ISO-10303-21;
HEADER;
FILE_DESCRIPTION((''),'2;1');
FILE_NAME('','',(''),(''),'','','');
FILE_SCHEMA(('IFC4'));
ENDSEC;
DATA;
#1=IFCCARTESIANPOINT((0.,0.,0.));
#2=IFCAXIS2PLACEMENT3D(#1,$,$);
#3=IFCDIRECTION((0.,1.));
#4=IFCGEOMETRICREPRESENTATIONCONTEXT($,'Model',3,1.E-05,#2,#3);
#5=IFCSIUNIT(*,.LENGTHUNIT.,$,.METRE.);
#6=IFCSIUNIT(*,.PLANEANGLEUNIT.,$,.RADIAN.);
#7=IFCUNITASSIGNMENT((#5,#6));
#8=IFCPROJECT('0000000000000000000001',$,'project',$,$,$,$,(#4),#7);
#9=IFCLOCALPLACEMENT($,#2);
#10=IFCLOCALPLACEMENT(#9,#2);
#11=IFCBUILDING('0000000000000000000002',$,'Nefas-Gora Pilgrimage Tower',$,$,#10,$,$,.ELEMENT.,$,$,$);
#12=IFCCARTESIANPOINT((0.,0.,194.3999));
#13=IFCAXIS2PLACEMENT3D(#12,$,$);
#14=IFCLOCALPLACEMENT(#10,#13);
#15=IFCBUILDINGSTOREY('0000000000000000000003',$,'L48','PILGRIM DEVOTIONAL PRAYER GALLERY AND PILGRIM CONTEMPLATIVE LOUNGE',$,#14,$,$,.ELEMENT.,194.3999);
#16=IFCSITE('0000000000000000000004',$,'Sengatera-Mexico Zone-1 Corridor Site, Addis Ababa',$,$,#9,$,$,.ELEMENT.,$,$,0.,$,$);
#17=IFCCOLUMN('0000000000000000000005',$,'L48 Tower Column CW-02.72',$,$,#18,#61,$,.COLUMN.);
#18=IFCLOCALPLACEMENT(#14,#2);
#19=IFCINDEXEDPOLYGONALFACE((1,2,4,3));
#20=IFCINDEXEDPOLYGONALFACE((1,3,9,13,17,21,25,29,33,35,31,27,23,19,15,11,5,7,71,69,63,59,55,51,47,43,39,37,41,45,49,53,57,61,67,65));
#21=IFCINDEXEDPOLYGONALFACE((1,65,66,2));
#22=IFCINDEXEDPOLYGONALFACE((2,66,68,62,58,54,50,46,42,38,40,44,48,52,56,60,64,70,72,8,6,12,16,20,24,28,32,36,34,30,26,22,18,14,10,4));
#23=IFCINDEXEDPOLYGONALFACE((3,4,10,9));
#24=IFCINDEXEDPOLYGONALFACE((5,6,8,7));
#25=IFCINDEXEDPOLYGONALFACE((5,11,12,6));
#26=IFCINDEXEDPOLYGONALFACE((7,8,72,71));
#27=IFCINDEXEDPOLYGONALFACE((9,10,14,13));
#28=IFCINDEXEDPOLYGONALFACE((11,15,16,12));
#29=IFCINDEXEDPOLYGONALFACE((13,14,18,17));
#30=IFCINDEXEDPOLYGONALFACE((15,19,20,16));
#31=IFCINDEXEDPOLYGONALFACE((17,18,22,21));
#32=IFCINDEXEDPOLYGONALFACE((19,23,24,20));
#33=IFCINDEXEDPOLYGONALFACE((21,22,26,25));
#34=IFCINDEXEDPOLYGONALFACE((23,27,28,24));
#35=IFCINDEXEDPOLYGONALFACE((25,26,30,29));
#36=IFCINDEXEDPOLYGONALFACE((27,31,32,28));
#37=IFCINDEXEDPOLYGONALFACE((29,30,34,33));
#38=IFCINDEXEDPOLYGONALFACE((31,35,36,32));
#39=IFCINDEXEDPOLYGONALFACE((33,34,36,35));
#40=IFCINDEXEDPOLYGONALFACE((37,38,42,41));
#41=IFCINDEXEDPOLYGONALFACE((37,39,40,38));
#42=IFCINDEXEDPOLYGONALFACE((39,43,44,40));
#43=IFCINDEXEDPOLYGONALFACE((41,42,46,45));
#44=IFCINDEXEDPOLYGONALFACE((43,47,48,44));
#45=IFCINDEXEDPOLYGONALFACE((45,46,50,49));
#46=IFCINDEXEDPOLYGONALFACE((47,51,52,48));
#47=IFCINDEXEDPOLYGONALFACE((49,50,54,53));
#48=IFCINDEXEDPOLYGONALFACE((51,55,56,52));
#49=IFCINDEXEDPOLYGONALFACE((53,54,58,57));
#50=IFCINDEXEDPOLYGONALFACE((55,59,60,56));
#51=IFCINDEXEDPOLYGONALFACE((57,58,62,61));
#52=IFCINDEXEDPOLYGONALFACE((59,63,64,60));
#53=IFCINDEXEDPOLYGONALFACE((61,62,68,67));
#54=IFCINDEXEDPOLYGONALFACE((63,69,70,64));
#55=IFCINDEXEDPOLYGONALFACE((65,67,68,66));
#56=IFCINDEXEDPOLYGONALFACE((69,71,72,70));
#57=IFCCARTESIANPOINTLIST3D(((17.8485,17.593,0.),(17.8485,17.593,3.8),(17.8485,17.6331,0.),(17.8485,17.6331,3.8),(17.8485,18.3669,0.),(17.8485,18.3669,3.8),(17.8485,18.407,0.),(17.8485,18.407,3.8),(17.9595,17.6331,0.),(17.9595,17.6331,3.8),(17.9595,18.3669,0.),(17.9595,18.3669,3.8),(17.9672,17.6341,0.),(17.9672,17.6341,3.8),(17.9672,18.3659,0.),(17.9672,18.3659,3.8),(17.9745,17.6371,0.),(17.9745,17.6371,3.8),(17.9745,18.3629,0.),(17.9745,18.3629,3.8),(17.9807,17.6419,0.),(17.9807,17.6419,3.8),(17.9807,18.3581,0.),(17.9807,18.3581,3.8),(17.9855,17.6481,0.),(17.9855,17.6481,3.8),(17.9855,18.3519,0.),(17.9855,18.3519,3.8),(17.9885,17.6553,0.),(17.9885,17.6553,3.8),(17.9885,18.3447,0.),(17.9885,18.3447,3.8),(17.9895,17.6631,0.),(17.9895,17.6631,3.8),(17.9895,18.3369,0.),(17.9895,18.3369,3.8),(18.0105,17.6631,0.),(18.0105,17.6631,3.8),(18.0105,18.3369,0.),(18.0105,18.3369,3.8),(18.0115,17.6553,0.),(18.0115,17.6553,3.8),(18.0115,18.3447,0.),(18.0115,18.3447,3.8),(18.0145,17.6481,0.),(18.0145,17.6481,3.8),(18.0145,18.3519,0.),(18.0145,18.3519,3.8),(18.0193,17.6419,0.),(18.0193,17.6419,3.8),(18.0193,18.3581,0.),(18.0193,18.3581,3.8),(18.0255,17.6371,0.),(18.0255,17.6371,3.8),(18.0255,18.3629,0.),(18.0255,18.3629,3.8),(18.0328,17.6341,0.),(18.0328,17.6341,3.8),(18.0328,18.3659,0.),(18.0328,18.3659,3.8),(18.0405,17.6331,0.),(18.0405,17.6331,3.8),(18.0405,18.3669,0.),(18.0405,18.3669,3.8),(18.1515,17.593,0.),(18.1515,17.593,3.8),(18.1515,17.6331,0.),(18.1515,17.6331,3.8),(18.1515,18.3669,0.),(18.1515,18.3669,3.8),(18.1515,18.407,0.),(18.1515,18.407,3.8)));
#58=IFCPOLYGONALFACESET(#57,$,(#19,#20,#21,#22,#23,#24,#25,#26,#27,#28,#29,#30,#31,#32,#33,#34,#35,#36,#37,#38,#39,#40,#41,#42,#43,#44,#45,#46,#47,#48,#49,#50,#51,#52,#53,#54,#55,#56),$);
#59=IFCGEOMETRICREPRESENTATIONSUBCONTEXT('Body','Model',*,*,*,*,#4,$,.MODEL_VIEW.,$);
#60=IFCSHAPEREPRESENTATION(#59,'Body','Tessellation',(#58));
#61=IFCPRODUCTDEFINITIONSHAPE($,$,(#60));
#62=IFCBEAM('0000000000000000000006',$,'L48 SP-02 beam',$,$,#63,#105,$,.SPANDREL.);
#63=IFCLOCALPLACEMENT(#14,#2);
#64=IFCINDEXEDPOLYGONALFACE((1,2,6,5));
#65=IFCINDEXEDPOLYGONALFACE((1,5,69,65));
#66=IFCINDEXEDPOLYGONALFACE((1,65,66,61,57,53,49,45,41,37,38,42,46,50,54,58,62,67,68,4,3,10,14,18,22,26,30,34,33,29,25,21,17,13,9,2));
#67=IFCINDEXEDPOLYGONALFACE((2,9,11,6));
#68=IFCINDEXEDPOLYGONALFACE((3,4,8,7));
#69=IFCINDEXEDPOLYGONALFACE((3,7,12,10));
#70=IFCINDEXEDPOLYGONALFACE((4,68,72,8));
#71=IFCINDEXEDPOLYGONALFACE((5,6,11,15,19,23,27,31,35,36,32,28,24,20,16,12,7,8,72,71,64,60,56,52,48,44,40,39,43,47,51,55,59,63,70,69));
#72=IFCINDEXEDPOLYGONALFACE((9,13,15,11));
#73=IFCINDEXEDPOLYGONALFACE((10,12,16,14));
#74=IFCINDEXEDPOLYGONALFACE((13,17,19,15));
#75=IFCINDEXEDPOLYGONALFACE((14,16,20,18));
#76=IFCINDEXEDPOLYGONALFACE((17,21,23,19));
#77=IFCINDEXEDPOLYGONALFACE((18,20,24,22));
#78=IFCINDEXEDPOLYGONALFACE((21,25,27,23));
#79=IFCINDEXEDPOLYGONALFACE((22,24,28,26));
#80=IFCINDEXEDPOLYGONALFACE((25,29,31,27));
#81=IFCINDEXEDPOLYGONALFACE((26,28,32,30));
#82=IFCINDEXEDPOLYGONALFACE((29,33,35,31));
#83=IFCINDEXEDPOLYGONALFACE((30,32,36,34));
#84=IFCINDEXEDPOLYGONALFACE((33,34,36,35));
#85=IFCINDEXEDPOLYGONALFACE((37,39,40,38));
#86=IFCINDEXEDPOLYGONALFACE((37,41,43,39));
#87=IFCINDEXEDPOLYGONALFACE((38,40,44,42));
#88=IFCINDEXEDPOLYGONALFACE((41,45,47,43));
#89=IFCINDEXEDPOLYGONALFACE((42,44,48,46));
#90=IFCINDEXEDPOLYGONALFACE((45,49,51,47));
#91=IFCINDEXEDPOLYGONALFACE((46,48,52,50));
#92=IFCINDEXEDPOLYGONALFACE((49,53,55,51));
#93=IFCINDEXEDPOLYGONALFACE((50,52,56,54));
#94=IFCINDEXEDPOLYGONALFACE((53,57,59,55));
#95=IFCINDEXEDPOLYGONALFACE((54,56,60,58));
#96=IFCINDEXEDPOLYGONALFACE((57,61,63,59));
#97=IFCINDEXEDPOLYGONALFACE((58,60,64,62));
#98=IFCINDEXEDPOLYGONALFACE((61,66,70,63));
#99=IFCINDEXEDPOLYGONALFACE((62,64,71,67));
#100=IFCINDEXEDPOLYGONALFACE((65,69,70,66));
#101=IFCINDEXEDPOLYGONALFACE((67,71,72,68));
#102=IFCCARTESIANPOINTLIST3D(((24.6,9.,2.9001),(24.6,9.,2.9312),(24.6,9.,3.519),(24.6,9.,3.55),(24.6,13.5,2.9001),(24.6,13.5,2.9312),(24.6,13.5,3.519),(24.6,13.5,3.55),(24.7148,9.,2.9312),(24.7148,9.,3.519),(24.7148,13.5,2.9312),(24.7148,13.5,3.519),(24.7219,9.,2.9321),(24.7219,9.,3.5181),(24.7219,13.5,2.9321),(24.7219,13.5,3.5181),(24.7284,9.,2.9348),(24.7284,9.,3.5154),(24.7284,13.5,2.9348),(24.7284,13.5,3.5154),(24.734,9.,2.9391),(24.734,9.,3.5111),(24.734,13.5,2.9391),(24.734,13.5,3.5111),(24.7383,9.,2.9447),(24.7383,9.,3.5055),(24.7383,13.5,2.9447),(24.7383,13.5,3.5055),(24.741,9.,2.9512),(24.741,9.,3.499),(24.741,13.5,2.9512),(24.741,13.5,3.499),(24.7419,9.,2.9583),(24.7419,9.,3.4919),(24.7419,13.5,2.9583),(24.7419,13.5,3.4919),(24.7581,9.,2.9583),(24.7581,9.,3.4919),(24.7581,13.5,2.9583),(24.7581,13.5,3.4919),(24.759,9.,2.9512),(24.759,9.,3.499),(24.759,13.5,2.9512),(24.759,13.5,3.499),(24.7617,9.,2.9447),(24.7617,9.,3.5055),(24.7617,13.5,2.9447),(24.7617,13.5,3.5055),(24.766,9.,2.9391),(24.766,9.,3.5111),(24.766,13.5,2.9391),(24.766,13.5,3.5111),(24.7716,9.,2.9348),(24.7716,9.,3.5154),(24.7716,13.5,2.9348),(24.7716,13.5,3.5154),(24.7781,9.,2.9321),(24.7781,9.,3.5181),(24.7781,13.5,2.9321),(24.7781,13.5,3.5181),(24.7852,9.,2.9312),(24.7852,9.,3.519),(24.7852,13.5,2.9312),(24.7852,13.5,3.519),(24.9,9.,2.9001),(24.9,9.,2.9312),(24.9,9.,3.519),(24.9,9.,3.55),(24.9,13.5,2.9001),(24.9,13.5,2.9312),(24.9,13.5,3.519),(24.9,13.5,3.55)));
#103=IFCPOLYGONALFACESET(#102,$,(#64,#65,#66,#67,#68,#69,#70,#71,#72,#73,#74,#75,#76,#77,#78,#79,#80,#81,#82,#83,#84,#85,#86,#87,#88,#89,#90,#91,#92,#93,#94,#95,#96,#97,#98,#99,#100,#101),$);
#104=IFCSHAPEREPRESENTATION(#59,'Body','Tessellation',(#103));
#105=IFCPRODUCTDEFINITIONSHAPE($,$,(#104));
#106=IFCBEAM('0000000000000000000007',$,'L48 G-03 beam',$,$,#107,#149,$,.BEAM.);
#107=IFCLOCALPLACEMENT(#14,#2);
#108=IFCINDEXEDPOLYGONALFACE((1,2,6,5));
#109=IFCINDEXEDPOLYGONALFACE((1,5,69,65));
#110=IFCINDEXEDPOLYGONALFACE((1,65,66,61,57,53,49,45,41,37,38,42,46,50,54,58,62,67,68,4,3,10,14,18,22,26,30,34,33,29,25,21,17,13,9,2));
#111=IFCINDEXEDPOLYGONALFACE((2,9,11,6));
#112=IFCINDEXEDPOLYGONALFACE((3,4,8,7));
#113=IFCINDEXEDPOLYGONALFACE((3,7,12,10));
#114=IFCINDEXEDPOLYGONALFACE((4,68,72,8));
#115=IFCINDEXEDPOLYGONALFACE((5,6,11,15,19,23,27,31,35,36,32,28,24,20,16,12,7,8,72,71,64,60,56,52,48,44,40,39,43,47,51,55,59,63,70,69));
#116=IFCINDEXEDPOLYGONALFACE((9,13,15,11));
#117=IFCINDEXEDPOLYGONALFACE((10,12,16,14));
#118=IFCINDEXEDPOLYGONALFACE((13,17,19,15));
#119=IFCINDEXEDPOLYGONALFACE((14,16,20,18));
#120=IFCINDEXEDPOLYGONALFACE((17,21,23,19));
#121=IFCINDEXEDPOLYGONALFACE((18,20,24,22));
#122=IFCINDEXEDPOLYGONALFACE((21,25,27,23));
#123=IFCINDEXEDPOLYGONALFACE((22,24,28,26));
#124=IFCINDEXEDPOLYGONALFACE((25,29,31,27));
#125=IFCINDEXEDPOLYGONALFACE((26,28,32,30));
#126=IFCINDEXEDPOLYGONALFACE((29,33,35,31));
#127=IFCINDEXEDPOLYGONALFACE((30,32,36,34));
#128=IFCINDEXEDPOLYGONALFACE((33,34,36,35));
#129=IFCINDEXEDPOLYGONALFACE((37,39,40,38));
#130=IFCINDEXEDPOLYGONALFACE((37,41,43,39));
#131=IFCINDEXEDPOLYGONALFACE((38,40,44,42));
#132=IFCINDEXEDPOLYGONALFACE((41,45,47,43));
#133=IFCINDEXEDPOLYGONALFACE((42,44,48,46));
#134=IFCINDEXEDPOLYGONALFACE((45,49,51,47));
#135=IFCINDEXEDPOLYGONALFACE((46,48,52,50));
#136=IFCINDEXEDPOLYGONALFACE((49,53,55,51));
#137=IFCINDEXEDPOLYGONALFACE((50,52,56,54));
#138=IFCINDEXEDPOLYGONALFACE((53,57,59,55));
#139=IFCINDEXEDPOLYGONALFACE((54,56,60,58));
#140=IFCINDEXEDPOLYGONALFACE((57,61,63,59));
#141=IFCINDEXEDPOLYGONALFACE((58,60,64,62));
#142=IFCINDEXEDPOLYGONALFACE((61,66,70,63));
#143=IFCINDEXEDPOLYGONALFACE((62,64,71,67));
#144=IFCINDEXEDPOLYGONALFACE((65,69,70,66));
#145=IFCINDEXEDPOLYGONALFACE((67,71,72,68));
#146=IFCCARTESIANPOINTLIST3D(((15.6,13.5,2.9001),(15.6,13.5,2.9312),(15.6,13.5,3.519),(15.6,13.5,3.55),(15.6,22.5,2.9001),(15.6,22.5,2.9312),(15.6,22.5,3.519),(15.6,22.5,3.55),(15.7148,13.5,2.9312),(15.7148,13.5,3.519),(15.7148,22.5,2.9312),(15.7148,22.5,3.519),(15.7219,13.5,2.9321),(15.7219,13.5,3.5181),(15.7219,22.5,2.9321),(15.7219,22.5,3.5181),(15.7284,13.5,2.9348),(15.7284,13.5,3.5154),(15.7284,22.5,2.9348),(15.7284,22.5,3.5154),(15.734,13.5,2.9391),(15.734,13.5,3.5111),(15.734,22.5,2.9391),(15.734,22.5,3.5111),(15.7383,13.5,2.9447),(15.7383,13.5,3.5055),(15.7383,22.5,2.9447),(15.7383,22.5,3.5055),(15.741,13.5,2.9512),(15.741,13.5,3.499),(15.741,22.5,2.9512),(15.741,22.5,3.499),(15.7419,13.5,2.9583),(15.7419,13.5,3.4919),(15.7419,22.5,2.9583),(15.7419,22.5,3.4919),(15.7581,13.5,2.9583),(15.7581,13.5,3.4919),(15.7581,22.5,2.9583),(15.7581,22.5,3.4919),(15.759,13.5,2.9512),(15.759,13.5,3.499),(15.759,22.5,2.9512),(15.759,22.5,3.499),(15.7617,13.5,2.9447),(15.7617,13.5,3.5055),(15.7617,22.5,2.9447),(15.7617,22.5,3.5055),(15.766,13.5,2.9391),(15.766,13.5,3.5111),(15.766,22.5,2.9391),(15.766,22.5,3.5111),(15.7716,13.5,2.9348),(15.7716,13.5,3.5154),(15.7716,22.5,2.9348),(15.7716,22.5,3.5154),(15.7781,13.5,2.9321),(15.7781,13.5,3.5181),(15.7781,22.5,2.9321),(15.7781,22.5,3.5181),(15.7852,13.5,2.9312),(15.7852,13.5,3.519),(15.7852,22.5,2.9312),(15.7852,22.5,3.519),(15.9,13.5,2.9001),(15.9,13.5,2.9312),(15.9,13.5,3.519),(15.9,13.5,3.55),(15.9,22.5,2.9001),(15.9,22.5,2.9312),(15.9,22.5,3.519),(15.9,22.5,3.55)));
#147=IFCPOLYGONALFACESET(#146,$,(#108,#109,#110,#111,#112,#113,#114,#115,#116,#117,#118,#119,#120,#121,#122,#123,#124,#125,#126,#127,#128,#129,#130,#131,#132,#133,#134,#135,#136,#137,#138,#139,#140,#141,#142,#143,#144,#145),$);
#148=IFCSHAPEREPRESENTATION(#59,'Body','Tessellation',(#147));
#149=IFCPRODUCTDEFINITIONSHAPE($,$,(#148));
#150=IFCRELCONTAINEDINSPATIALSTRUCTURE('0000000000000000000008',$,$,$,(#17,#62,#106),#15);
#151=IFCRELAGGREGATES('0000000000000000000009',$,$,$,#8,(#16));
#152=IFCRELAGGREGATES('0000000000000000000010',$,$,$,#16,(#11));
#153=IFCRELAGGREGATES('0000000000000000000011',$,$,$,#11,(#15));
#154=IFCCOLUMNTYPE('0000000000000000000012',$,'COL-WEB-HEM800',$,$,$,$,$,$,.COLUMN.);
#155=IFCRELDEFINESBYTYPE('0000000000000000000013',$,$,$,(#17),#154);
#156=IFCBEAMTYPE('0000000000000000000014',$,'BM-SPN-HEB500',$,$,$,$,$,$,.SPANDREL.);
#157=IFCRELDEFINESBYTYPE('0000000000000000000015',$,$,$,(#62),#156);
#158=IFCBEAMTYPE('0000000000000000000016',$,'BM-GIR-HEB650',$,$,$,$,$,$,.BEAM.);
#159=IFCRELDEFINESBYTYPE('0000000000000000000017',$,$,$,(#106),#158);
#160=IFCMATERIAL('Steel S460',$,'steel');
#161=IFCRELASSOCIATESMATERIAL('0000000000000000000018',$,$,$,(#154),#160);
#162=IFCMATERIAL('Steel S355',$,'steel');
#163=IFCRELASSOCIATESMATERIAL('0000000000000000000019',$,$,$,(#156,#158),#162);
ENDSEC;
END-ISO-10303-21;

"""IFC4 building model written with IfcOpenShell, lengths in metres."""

from ifc_helpers import new_model, si_unit, direction, frame, origin, origin_2d, place, context, subcontext, project, spatial, i_section, extrude, source, transform, mapped, material, material_profile, profile_set, type_object, element, save


model = new_model("IFC4")

# Units and contexts
model_context = context("Model", 3, precision=1e-05, world=origin(), true_north=direction((0.0, 1.0)))
body_context = subcontext(model_context, "Body", "Model", "MODEL_VIEW")
ifc_project = project(units=[si_unit("LENGTHUNIT", "METRE"), si_unit("PLANEANGLEUNIT", "RADIAN")], contexts=[model_context])

# Site, building, storey
site_placement = place(None, origin())
site = spatial("IfcSite", under=ifc_project, at=site_placement, Name="Sengatera-Mexico Zone-1 Corridor Site, Addis Ababa", CompositionType="ELEMENT", RefElevation=0.0)
building_placement = place(site_placement, origin())
building = spatial("IfcBuilding", under=site, at=building_placement, Name="Nefas-Gora Pilgrimage Tower", CompositionType="ELEMENT")
storey_placement = place(building_placement, frame((0.0, 0.0, 194.3999)))
storey = spatial("IfcBuildingStorey", under=building, at=storey_placement, Name="L48", Description="PILGRIM DEVOTIONAL PRAYER GALLERY AND PILGRIM CONTEMPLATIVE LOUNGE", CompositionType="ELEMENT", Elevation=194.3999)

# Column
ifc_material_1 = material(Name="Steel S460", Category="steel")
ifc_material_profile_1 = material_profile(ifc_material_1, i_section(OverallWidth=0.303, OverallDepth=0.814, WebThickness=0.021, FlangeThickness=0.04, FilletRadius=0.03, at=origin_2d()), Name="HEM 800")
ifc_profile_set_1 = profile_set([ifc_material_profile_1], Name="Steel S460")
column_type_1 = type_object("IfcColumnType", Name="COL-WEB-HEM800", PredefinedType="COLUMN", material=ifc_profile_set_1)
shared_shape_1 = source(origin(), body_context, "Body", "SweptSolid", [
    extrude(i_section(OverallWidth=0.303, OverallDepth=0.814, WebThickness=0.021, FlangeThickness=0.04, FilletRadius=0.03, at=origin_2d()), origin(), (0.0, 0.0, 1.0), 3.8),
])
for number, where, z_axis, x_axis, name in (
    (1, (18.0, 18.0, 0.0), (0.0, 0.0, 1.0), (1.0, 0.0, 0.0), "L48 Tower Column CW-02.72"),
):
    element("IfcColumn", number, at=place(storey_placement, frame(where, z_axis=z_axis, x_axis=x_axis)), inside=storey, type_object=column_type_1, Name=name, PredefinedType="COLUMN", context=body_context, shape_type="MappedRepresentation", body=[
        mapped(shared_shape_1, transform((0.0, 0.0, 0.0), x_axis=(1.0, 0.0, 0.0), y_axis=(0.0, 1.0, 0.0), z_axis=(0.0, 0.0, 1.0), scale=1.0)),
    ])

# Beams
ifc_material_2 = material(Name="Steel S355", Category="steel")
ifc_material_profile_2 = material_profile(ifc_material_2, i_section(OverallWidth=0.3, OverallDepth=0.6499, WebThickness=0.0161, FlangeThickness=0.031, FilletRadius=0.0271, at=origin_2d()), Name="HEB 650")
ifc_profile_set_2 = profile_set([ifc_material_profile_2], Name="Steel S355")
beam_type_1 = type_object("IfcBeamType", Name="BM-SPN-HEB500", PredefinedType="SPANDREL", material=ifc_profile_set_2)
shared_shape_2 = source(origin(), body_context, "Body", "SweptSolid", [
    extrude(i_section(OverallWidth=0.3, OverallDepth=0.6499, WebThickness=0.0161, FlangeThickness=0.031, FilletRadius=0.0271, at=origin_2d()), origin(), (0.0, 0.0, 1.0), 4.5),
])
beam_1_placement = place(storey_placement, frame((24.75, 9.0, 3.2251), z_axis=(0.0, 1.0, 0.0), x_axis=(-1.0, 0.0, 0.0)))
element("IfcBeam", 2, at=beam_1_placement, inside=storey, type_object=beam_type_1, Name="L48 SP-02 beam", PredefinedType="SPANDREL", context=body_context, shape_type="MappedRepresentation", body=[
    mapped(shared_shape_2, transform((0.0, 0.0, 0.0), x_axis=(1.0, 0.0, 0.0), y_axis=(0.0, 1.0, 0.0), z_axis=(0.0, 0.0, 1.0), scale=1.0)),
])
ifc_material_profile_3 = material_profile(ifc_material_2, i_section(OverallWidth=0.3, OverallDepth=0.6499, WebThickness=0.0161, FlangeThickness=0.031, FilletRadius=0.0271, at=origin_2d()), Name="HEB 650")
ifc_profile_set_3 = profile_set([ifc_material_profile_3], Name="Steel S355")
beam_type_2 = type_object("IfcBeamType", Name="BM-GIR-HEB650", PredefinedType="BEAM", material=ifc_profile_set_3)
shared_shape_3 = source(origin(), body_context, "Body", "SweptSolid", [
    extrude(i_section(OverallWidth=0.3, OverallDepth=0.6499, WebThickness=0.0161, FlangeThickness=0.031, FilletRadius=0.0271, at=origin_2d()), origin(), (0.0, 0.0, 1.0), 9.0),
])
beam_2_placement = place(storey_placement, frame((15.75, 13.5, 3.2251), z_axis=(0.0, 1.0, 0.0), x_axis=(-1.0, 0.0, 0.0)))
element("IfcBeam", 3, at=beam_2_placement, inside=storey, type_object=beam_type_2, Name="L48 G-03 beam", PredefinedType="BEAM", context=body_context, shape_type="MappedRepresentation", body=[
    mapped(shared_shape_3, transform((0.0, 0.0, 0.0), x_axis=(1.0, 0.0, 0.0), y_axis=(0.0, 1.0, 0.0), z_axis=(0.0, 0.0, 1.0), scale=1.0)),
])

save(model, "model.ifc")
